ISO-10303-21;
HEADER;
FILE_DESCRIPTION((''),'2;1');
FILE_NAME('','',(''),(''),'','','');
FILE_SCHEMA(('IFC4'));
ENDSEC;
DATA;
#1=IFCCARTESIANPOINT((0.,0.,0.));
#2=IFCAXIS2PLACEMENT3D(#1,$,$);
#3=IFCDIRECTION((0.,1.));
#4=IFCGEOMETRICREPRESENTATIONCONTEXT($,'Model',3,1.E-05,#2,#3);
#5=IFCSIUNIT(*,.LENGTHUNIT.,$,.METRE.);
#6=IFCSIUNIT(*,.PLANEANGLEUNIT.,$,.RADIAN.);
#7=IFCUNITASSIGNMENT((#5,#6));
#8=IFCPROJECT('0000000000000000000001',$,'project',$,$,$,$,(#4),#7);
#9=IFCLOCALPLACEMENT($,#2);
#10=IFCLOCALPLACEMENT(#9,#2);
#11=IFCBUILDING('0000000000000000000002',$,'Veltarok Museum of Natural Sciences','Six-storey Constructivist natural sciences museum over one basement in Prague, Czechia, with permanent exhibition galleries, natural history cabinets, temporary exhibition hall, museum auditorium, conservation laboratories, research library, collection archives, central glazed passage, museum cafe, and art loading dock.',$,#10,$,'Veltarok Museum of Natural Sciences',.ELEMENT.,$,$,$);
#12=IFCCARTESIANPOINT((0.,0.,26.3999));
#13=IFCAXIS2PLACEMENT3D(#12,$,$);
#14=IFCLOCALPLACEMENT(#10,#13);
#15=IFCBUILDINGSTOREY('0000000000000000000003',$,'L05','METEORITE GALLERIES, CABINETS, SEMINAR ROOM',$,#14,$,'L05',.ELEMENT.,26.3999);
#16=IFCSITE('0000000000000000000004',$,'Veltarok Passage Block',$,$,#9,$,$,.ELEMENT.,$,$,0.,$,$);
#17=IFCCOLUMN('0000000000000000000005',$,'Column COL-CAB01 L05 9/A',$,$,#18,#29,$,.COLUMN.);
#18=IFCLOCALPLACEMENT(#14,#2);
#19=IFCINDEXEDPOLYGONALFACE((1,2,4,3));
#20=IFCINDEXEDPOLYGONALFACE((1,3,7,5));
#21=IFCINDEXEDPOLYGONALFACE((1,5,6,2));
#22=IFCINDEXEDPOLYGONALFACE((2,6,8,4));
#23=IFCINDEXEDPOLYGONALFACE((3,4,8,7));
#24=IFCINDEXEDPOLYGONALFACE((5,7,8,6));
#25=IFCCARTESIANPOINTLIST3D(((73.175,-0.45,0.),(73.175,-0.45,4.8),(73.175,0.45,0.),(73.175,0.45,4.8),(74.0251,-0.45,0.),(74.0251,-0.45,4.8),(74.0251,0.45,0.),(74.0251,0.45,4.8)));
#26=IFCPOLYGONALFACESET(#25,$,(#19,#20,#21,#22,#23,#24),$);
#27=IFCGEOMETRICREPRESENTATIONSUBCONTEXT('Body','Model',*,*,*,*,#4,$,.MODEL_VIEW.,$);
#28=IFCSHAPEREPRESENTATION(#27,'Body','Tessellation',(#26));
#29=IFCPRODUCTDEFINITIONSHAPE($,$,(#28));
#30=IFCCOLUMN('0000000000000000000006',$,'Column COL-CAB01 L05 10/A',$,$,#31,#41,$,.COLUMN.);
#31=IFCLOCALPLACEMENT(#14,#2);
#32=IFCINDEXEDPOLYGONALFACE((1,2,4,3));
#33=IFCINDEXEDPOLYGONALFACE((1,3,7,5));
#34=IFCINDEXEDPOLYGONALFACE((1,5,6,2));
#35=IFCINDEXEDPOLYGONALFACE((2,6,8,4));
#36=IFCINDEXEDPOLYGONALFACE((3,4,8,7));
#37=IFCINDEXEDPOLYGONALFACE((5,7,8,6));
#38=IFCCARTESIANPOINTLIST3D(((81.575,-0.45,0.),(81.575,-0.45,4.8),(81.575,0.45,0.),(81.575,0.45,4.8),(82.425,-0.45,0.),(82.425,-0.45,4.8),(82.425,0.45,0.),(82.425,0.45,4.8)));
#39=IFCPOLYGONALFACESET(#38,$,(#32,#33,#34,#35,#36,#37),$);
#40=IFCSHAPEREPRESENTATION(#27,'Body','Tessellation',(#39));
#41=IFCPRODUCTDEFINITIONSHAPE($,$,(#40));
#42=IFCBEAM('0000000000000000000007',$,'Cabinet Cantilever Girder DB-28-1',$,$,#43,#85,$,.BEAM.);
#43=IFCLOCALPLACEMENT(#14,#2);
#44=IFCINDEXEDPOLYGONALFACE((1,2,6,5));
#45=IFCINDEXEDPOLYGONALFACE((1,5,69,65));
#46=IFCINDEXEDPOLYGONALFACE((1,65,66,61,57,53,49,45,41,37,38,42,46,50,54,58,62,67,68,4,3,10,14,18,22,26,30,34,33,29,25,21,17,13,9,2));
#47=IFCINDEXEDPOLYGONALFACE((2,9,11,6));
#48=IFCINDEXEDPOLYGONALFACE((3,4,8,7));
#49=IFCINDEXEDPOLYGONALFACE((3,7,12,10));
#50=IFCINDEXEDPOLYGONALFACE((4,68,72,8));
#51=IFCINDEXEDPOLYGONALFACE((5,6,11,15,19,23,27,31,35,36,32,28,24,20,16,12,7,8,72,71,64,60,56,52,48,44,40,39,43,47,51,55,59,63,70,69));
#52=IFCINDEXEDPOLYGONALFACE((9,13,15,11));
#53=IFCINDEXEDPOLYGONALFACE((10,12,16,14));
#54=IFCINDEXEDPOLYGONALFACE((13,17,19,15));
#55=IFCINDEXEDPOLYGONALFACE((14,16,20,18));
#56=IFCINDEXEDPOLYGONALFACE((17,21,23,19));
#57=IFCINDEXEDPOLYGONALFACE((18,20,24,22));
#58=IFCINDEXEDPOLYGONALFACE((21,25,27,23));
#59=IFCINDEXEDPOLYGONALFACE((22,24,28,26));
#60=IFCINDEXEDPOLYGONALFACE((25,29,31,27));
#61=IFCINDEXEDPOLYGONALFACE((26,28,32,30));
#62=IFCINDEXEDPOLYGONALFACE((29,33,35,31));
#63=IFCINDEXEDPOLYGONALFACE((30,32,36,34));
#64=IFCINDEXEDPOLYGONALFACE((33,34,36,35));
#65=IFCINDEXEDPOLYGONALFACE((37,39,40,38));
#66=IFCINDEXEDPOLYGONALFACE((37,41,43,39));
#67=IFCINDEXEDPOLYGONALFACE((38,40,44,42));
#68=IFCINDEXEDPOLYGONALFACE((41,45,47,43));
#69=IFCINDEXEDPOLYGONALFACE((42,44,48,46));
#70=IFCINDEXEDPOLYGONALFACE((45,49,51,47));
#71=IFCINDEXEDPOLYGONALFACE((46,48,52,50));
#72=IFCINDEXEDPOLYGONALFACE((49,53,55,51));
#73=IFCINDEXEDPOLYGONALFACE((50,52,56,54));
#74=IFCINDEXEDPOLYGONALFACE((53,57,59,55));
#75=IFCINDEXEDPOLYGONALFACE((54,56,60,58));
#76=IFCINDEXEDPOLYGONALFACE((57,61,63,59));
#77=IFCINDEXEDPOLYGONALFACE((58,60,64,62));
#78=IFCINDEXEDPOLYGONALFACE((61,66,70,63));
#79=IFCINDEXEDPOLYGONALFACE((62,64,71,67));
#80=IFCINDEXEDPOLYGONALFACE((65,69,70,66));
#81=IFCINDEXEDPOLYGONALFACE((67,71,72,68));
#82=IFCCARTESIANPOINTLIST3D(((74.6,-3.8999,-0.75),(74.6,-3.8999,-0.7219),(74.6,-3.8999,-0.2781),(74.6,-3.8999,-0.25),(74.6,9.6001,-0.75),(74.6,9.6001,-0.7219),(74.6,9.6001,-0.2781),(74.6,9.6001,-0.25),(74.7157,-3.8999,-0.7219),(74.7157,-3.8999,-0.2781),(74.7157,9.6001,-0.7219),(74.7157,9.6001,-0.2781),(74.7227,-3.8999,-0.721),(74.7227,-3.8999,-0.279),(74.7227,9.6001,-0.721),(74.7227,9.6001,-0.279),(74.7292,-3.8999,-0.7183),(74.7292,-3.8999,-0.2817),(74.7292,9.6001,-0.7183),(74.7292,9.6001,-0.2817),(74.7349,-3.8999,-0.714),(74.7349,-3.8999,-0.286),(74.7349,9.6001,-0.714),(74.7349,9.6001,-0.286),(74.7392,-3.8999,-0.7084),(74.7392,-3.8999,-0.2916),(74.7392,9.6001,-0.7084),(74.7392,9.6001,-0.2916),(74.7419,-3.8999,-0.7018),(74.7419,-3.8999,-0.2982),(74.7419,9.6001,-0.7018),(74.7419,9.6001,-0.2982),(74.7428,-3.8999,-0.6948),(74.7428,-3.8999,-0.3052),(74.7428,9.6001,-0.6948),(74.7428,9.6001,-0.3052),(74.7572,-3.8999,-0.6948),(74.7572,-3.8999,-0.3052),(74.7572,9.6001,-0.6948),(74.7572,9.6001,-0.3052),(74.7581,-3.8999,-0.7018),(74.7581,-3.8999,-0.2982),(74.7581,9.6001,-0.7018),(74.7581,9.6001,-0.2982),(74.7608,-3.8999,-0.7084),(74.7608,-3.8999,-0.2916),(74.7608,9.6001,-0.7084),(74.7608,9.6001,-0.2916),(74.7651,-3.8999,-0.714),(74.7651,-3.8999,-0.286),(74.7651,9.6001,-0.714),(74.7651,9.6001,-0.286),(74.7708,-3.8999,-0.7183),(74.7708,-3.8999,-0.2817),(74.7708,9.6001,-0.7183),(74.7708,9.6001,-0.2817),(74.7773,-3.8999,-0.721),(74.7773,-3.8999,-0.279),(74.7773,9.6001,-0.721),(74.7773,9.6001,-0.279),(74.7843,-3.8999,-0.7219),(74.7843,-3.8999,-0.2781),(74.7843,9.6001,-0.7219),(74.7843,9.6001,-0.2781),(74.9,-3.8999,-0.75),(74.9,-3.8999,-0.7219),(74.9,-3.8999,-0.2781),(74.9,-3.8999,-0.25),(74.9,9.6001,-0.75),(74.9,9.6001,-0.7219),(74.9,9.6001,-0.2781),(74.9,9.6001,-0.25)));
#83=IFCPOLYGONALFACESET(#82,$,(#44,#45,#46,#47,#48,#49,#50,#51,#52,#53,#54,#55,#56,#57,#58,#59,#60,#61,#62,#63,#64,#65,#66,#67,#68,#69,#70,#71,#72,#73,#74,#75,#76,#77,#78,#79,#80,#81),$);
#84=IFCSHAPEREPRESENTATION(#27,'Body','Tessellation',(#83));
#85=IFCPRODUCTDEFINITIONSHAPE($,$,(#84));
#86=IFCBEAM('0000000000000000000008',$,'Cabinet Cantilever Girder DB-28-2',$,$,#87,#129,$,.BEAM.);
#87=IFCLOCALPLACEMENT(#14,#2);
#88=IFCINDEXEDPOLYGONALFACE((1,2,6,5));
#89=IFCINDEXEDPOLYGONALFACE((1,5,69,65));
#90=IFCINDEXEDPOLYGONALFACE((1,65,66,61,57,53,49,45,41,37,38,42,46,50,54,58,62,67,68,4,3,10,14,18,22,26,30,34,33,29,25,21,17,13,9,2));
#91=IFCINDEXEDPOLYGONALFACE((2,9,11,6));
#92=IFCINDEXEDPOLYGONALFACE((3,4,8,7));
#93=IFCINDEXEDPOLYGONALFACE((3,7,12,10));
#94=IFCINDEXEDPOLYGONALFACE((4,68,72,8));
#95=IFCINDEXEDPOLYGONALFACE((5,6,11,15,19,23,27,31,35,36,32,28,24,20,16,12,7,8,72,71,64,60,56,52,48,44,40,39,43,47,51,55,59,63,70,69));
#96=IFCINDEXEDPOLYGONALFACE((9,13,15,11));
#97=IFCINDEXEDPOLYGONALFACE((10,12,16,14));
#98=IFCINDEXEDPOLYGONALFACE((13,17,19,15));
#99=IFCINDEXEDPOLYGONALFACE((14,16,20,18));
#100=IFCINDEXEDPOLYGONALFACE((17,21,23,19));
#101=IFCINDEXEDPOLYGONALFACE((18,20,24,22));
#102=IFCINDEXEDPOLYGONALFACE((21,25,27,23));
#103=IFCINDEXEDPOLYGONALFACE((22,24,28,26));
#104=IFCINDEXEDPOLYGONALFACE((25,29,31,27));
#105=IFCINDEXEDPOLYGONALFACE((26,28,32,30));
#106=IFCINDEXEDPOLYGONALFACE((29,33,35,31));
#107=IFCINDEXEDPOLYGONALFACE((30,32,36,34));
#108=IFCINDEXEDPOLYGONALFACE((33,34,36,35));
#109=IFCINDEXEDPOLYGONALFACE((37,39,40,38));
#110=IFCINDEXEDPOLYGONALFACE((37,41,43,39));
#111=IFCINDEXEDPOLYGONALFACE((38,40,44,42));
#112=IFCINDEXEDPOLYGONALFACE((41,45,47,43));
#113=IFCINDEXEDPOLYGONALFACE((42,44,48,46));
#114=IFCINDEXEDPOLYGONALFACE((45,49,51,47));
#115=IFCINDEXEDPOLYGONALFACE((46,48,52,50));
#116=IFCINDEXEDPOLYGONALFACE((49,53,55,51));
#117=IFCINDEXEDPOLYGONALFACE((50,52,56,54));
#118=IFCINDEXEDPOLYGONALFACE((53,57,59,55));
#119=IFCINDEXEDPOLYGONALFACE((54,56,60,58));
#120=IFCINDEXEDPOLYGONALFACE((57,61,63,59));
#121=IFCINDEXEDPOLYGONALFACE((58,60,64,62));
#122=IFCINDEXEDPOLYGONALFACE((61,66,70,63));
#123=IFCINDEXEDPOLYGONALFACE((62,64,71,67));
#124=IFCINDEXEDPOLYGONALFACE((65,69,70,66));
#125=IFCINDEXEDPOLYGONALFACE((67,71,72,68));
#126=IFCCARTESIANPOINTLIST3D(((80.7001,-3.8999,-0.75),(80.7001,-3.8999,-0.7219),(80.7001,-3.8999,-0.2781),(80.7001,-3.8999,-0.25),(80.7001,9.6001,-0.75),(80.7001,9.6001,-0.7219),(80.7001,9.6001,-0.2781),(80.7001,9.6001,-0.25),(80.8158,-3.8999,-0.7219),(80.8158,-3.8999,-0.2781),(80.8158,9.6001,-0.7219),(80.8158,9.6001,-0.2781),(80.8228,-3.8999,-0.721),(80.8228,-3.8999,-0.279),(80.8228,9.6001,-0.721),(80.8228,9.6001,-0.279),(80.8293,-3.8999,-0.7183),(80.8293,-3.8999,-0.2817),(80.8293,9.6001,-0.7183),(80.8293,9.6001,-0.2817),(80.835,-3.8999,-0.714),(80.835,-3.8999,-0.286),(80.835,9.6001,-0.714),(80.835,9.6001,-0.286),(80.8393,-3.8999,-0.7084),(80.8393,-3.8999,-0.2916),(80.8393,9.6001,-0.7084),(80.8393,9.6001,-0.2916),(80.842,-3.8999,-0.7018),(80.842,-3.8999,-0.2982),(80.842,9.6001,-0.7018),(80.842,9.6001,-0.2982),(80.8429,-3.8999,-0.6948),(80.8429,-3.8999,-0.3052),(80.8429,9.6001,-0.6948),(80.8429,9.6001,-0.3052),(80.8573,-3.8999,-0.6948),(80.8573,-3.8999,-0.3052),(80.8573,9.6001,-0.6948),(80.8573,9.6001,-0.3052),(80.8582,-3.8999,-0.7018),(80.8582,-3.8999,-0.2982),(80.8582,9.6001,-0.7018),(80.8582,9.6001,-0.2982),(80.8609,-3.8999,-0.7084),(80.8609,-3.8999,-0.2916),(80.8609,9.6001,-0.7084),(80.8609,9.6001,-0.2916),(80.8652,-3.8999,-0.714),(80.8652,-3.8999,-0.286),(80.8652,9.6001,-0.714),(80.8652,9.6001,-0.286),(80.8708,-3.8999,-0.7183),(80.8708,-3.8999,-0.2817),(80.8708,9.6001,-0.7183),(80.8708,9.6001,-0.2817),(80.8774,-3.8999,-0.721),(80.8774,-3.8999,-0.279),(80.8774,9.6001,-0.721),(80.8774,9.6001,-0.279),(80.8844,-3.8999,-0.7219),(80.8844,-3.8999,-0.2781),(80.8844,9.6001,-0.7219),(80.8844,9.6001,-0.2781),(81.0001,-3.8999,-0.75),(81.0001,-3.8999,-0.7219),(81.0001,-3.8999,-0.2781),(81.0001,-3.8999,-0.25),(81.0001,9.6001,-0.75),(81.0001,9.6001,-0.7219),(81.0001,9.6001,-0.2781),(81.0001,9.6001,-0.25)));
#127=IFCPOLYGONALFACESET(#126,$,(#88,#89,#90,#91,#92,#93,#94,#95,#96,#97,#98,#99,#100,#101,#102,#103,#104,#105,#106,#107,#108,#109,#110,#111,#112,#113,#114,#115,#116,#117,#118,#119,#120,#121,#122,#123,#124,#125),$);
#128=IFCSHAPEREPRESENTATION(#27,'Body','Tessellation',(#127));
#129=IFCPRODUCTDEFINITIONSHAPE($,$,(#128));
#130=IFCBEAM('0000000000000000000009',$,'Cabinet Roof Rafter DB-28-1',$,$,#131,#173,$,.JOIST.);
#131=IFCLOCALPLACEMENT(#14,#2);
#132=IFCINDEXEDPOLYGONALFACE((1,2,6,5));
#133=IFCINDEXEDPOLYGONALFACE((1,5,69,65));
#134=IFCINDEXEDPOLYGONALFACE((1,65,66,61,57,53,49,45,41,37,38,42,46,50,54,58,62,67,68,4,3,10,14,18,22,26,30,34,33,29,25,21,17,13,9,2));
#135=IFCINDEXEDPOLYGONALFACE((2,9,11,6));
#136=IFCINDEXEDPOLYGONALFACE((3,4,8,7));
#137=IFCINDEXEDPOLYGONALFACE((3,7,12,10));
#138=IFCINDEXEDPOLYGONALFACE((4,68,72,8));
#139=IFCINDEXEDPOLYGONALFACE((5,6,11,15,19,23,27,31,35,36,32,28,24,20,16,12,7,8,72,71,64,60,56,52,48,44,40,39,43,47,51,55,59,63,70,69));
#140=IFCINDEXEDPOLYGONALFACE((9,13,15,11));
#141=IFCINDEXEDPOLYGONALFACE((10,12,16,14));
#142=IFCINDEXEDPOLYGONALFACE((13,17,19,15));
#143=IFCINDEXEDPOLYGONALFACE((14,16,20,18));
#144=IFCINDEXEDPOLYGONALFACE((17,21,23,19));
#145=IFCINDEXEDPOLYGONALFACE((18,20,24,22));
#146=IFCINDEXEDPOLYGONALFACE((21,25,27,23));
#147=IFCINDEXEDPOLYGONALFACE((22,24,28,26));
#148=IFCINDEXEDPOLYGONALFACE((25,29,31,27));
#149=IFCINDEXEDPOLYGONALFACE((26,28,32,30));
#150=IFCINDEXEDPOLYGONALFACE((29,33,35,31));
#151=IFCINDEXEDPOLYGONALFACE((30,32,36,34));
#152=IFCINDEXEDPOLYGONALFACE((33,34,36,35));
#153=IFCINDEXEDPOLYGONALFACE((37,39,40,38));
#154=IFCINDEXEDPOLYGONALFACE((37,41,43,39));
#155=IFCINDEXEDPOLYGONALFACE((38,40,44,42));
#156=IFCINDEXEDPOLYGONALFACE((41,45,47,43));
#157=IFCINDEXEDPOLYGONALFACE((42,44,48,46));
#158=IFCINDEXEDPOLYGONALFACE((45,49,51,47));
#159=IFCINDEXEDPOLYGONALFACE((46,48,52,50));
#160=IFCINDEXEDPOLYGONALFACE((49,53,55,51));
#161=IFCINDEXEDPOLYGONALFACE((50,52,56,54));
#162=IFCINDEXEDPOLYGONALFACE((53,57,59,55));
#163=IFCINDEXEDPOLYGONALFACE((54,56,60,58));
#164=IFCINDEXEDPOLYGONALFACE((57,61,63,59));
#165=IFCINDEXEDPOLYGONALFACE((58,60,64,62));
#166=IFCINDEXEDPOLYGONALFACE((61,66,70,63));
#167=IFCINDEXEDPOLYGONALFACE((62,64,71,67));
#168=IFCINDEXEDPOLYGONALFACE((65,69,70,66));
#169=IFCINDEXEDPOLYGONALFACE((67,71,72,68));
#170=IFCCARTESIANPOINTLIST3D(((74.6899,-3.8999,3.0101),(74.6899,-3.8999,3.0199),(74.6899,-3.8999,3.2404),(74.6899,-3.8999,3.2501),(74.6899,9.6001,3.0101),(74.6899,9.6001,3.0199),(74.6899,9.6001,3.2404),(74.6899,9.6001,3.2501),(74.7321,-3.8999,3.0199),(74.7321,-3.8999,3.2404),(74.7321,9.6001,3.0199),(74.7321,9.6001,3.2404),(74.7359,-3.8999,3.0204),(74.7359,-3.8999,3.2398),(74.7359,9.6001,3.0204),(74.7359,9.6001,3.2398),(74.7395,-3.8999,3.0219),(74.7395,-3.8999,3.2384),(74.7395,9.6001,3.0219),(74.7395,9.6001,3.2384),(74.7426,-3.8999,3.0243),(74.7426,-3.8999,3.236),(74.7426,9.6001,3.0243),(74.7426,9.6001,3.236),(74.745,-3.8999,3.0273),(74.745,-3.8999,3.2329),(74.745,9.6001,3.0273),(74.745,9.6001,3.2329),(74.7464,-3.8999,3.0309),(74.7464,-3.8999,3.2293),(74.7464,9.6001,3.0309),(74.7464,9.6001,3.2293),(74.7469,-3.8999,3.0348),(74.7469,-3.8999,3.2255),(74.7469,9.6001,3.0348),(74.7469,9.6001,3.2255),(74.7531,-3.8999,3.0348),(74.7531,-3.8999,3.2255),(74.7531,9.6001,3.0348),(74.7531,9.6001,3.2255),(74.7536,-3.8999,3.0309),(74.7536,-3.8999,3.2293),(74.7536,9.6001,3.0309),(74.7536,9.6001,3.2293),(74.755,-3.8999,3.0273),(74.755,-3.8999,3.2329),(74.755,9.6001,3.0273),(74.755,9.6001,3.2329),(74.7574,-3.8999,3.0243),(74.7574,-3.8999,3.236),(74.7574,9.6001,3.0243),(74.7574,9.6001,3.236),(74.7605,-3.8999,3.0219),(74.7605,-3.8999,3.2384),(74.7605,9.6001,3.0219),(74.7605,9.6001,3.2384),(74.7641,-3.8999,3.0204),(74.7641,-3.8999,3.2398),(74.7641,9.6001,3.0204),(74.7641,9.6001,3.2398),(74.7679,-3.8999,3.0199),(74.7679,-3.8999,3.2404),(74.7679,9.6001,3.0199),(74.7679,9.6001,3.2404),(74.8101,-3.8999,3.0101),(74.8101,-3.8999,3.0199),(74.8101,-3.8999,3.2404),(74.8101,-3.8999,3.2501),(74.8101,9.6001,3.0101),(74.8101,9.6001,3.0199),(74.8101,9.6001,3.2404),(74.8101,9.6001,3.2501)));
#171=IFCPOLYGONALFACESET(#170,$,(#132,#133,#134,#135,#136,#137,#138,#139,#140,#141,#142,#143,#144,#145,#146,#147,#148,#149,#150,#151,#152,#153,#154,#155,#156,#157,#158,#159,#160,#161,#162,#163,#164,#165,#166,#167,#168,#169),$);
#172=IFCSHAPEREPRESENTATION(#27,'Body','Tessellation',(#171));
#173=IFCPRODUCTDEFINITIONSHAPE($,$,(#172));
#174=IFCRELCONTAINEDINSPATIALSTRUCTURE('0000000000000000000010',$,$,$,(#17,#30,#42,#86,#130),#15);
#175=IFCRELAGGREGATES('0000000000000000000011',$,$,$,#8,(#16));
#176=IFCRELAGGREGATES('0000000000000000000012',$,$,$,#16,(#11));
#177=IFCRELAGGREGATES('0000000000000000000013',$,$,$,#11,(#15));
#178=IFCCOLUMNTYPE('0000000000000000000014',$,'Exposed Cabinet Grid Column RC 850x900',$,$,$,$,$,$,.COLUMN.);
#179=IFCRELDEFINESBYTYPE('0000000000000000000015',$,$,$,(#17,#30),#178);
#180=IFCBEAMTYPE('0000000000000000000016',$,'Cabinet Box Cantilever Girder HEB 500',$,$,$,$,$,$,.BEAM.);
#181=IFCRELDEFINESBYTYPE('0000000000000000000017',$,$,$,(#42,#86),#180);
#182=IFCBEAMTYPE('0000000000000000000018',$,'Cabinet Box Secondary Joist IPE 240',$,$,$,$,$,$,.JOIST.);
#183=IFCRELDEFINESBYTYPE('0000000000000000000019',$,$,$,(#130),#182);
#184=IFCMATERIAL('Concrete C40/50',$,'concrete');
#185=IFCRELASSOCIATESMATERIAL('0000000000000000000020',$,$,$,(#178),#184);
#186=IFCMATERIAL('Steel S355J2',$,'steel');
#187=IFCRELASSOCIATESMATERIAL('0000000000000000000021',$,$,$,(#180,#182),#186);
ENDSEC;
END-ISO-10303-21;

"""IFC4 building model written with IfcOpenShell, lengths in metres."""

from ifc_helpers import new_model, si_unit, direction, frame, origin, origin_2d, place, context, subcontext, project, spatial, rectangle, i_section, extrude, material, material_profile, profile_set, type_object, element, save


model = new_model("IFC4")

# Units and contexts
model_context = context("Model", 3, precision=1e-05, world=origin(), true_north=direction((0.0, 1.0)))
body_context = subcontext(model_context, "Body", "Model", "MODEL_VIEW")
ifc_project = project(units=[si_unit("LENGTHUNIT", "METRE"), si_unit("PLANEANGLEUNIT", "RADIAN")], contexts=[model_context])

# Site, building, storey
site_placement = place(None, origin())
site = spatial("IfcSite", under=ifc_project, at=site_placement, Name="Veltarok Passage Block", CompositionType="ELEMENT", RefElevation=0.0)
building_placement = place(site_placement, origin())
building = spatial("IfcBuilding", under=site, at=building_placement, Name="Veltarok Museum of Natural Sciences", Description="Six-storey Constructivist natural sciences museum over one basement in Prague, Czechia, with permanent exhibition galleries, natural history cabinets, temporary exhibition hall, museum auditorium, conservation laboratories, research library, collection archives, central glazed passage, museum cafe, and art loading dock.", LongName="Veltarok Museum of Natural Sciences", CompositionType="ELEMENT")
storey_placement = place(building_placement, frame((0.0, 0.0, 26.3999)))
storey = spatial("IfcBuildingStorey", under=building, at=storey_placement, Name="L05", Description="METEORITE GALLERIES, CABINETS, SEMINAR ROOM", LongName="L05", CompositionType="ELEMENT", Elevation=26.3999)

# Columns
ifc_material_1 = material(Name="Concrete C40/50", Category="concrete")
ifc_material_profile_1 = material_profile(ifc_material_1, rectangle(XDim=0.8501, YDim=0.8999, at=origin_2d()), Name="RC 850x900")
ifc_profile_set_1 = profile_set([ifc_material_profile_1], Name="Concrete C40/50")
column_type = type_object("IfcColumnType", Name="Exposed Cabinet Grid Column RC 850x900", PredefinedType="COLUMN", material=ifc_profile_set_1)
for number, where, z_axis, x_axis, name in (
    (1, (73.6001, 0.0, 0.0), (0.0, 0.0, 1.0), (1.0, 0.0, 0.0), "Column COL-CAB01 L05 9/A"),
    (2, (82.0, 0.0, 0.0), (0.0, 0.0, 1.0), (1.0, 0.0, 0.0), "Column COL-CAB01 L05 10/A"),
):
    element("IfcColumn", number, at=place(storey_placement, frame(where, z_axis=z_axis, x_axis=x_axis)), inside=storey, type_object=column_type, Name=name, PredefinedType="COLUMN", context=body_context, shape_type="SweptSolid", body=[
        extrude(rectangle(XDim=0.8501, YDim=0.8999, at=origin_2d()), origin(), (0.0, 0.0, 1.0), 4.8),
    ])

# Beams
ifc_material_2 = material(Name="Steel S355J2", Category="steel")
ifc_material_profile_2 = material_profile(ifc_material_2, i_section(OverallWidth=0.3, OverallDepth=0.5, WebThickness=0.0144, FlangeThickness=0.0281, FilletRadius=0.0271, at=origin_2d()), Name="HEB 500")
ifc_profile_set_2 = profile_set([ifc_material_profile_2], Name="Steel S355J2")
beam_type_1 = type_object("IfcBeamType", Name="Cabinet Box Cantilever Girder HEB 500", PredefinedType="BEAM", material=ifc_profile_set_2)
for number, where, z_axis, x_axis, name in (
    (3, (74.75, -3.8999, -0.5), (0.0, 1.0, 0.0), (-1.0, 0.0, 0.0), "Cabinet Cantilever Girder DB-28-1"),
    (4, (80.8501, -3.8999, -0.5), (0.0, 1.0, 0.0), (-1.0, 0.0, 0.0), "Cabinet Cantilever Girder DB-28-2"),
):
    element("IfcBeam", number, at=place(storey_placement, frame(where, z_axis=z_axis, x_axis=x_axis)), inside=storey, type_object=beam_type_1, Name=name, PredefinedType="BEAM", context=body_context, shape_type="SweptSolid", body=[
        extrude(i_section(OverallWidth=0.3, OverallDepth=0.5, WebThickness=0.0144, FlangeThickness=0.0281, FilletRadius=0.0271, at=origin_2d()), origin(), (0.0, 0.0, 1.0), 13.5),
    ])
ifc_material_profile_3 = material_profile(ifc_material_2, i_section(OverallWidth=0.1201, OverallDepth=0.24, WebThickness=0.0061, FlangeThickness=0.0098, FilletRadius=0.0149, at=origin_2d()), Name="IPE 240")
ifc_profile_set_3 = profile_set([ifc_material_profile_3], Name="Steel S355J2")
beam_type_2 = type_object("IfcBeamType", Name="Cabinet Box Secondary Joist IPE 240", PredefinedType="JOIST", material=ifc_profile_set_3)
for number, where, z_axis, x_axis, name in (
    (5, (74.75, -3.8999, 3.1301), (0.0, 1.0, 0.0), (-1.0, 0.0, 0.0), "Cabinet Roof Rafter DB-28-1"),
):
    element("IfcBeam", number, at=place(storey_placement, frame(where, z_axis=z_axis, x_axis=x_axis)), inside=storey, type_object=beam_type_2, Name=name, PredefinedType="JOIST", context=body_context, shape_type="SweptSolid", body=[
        extrude(i_section(OverallWidth=0.1201, OverallDepth=0.24, WebThickness=0.0061, FlangeThickness=0.0098, FilletRadius=0.0149, at=origin_2d()), origin(), (0.0, 0.0, 1.0), 13.5),
    ])

save(model, "model.ifc")
